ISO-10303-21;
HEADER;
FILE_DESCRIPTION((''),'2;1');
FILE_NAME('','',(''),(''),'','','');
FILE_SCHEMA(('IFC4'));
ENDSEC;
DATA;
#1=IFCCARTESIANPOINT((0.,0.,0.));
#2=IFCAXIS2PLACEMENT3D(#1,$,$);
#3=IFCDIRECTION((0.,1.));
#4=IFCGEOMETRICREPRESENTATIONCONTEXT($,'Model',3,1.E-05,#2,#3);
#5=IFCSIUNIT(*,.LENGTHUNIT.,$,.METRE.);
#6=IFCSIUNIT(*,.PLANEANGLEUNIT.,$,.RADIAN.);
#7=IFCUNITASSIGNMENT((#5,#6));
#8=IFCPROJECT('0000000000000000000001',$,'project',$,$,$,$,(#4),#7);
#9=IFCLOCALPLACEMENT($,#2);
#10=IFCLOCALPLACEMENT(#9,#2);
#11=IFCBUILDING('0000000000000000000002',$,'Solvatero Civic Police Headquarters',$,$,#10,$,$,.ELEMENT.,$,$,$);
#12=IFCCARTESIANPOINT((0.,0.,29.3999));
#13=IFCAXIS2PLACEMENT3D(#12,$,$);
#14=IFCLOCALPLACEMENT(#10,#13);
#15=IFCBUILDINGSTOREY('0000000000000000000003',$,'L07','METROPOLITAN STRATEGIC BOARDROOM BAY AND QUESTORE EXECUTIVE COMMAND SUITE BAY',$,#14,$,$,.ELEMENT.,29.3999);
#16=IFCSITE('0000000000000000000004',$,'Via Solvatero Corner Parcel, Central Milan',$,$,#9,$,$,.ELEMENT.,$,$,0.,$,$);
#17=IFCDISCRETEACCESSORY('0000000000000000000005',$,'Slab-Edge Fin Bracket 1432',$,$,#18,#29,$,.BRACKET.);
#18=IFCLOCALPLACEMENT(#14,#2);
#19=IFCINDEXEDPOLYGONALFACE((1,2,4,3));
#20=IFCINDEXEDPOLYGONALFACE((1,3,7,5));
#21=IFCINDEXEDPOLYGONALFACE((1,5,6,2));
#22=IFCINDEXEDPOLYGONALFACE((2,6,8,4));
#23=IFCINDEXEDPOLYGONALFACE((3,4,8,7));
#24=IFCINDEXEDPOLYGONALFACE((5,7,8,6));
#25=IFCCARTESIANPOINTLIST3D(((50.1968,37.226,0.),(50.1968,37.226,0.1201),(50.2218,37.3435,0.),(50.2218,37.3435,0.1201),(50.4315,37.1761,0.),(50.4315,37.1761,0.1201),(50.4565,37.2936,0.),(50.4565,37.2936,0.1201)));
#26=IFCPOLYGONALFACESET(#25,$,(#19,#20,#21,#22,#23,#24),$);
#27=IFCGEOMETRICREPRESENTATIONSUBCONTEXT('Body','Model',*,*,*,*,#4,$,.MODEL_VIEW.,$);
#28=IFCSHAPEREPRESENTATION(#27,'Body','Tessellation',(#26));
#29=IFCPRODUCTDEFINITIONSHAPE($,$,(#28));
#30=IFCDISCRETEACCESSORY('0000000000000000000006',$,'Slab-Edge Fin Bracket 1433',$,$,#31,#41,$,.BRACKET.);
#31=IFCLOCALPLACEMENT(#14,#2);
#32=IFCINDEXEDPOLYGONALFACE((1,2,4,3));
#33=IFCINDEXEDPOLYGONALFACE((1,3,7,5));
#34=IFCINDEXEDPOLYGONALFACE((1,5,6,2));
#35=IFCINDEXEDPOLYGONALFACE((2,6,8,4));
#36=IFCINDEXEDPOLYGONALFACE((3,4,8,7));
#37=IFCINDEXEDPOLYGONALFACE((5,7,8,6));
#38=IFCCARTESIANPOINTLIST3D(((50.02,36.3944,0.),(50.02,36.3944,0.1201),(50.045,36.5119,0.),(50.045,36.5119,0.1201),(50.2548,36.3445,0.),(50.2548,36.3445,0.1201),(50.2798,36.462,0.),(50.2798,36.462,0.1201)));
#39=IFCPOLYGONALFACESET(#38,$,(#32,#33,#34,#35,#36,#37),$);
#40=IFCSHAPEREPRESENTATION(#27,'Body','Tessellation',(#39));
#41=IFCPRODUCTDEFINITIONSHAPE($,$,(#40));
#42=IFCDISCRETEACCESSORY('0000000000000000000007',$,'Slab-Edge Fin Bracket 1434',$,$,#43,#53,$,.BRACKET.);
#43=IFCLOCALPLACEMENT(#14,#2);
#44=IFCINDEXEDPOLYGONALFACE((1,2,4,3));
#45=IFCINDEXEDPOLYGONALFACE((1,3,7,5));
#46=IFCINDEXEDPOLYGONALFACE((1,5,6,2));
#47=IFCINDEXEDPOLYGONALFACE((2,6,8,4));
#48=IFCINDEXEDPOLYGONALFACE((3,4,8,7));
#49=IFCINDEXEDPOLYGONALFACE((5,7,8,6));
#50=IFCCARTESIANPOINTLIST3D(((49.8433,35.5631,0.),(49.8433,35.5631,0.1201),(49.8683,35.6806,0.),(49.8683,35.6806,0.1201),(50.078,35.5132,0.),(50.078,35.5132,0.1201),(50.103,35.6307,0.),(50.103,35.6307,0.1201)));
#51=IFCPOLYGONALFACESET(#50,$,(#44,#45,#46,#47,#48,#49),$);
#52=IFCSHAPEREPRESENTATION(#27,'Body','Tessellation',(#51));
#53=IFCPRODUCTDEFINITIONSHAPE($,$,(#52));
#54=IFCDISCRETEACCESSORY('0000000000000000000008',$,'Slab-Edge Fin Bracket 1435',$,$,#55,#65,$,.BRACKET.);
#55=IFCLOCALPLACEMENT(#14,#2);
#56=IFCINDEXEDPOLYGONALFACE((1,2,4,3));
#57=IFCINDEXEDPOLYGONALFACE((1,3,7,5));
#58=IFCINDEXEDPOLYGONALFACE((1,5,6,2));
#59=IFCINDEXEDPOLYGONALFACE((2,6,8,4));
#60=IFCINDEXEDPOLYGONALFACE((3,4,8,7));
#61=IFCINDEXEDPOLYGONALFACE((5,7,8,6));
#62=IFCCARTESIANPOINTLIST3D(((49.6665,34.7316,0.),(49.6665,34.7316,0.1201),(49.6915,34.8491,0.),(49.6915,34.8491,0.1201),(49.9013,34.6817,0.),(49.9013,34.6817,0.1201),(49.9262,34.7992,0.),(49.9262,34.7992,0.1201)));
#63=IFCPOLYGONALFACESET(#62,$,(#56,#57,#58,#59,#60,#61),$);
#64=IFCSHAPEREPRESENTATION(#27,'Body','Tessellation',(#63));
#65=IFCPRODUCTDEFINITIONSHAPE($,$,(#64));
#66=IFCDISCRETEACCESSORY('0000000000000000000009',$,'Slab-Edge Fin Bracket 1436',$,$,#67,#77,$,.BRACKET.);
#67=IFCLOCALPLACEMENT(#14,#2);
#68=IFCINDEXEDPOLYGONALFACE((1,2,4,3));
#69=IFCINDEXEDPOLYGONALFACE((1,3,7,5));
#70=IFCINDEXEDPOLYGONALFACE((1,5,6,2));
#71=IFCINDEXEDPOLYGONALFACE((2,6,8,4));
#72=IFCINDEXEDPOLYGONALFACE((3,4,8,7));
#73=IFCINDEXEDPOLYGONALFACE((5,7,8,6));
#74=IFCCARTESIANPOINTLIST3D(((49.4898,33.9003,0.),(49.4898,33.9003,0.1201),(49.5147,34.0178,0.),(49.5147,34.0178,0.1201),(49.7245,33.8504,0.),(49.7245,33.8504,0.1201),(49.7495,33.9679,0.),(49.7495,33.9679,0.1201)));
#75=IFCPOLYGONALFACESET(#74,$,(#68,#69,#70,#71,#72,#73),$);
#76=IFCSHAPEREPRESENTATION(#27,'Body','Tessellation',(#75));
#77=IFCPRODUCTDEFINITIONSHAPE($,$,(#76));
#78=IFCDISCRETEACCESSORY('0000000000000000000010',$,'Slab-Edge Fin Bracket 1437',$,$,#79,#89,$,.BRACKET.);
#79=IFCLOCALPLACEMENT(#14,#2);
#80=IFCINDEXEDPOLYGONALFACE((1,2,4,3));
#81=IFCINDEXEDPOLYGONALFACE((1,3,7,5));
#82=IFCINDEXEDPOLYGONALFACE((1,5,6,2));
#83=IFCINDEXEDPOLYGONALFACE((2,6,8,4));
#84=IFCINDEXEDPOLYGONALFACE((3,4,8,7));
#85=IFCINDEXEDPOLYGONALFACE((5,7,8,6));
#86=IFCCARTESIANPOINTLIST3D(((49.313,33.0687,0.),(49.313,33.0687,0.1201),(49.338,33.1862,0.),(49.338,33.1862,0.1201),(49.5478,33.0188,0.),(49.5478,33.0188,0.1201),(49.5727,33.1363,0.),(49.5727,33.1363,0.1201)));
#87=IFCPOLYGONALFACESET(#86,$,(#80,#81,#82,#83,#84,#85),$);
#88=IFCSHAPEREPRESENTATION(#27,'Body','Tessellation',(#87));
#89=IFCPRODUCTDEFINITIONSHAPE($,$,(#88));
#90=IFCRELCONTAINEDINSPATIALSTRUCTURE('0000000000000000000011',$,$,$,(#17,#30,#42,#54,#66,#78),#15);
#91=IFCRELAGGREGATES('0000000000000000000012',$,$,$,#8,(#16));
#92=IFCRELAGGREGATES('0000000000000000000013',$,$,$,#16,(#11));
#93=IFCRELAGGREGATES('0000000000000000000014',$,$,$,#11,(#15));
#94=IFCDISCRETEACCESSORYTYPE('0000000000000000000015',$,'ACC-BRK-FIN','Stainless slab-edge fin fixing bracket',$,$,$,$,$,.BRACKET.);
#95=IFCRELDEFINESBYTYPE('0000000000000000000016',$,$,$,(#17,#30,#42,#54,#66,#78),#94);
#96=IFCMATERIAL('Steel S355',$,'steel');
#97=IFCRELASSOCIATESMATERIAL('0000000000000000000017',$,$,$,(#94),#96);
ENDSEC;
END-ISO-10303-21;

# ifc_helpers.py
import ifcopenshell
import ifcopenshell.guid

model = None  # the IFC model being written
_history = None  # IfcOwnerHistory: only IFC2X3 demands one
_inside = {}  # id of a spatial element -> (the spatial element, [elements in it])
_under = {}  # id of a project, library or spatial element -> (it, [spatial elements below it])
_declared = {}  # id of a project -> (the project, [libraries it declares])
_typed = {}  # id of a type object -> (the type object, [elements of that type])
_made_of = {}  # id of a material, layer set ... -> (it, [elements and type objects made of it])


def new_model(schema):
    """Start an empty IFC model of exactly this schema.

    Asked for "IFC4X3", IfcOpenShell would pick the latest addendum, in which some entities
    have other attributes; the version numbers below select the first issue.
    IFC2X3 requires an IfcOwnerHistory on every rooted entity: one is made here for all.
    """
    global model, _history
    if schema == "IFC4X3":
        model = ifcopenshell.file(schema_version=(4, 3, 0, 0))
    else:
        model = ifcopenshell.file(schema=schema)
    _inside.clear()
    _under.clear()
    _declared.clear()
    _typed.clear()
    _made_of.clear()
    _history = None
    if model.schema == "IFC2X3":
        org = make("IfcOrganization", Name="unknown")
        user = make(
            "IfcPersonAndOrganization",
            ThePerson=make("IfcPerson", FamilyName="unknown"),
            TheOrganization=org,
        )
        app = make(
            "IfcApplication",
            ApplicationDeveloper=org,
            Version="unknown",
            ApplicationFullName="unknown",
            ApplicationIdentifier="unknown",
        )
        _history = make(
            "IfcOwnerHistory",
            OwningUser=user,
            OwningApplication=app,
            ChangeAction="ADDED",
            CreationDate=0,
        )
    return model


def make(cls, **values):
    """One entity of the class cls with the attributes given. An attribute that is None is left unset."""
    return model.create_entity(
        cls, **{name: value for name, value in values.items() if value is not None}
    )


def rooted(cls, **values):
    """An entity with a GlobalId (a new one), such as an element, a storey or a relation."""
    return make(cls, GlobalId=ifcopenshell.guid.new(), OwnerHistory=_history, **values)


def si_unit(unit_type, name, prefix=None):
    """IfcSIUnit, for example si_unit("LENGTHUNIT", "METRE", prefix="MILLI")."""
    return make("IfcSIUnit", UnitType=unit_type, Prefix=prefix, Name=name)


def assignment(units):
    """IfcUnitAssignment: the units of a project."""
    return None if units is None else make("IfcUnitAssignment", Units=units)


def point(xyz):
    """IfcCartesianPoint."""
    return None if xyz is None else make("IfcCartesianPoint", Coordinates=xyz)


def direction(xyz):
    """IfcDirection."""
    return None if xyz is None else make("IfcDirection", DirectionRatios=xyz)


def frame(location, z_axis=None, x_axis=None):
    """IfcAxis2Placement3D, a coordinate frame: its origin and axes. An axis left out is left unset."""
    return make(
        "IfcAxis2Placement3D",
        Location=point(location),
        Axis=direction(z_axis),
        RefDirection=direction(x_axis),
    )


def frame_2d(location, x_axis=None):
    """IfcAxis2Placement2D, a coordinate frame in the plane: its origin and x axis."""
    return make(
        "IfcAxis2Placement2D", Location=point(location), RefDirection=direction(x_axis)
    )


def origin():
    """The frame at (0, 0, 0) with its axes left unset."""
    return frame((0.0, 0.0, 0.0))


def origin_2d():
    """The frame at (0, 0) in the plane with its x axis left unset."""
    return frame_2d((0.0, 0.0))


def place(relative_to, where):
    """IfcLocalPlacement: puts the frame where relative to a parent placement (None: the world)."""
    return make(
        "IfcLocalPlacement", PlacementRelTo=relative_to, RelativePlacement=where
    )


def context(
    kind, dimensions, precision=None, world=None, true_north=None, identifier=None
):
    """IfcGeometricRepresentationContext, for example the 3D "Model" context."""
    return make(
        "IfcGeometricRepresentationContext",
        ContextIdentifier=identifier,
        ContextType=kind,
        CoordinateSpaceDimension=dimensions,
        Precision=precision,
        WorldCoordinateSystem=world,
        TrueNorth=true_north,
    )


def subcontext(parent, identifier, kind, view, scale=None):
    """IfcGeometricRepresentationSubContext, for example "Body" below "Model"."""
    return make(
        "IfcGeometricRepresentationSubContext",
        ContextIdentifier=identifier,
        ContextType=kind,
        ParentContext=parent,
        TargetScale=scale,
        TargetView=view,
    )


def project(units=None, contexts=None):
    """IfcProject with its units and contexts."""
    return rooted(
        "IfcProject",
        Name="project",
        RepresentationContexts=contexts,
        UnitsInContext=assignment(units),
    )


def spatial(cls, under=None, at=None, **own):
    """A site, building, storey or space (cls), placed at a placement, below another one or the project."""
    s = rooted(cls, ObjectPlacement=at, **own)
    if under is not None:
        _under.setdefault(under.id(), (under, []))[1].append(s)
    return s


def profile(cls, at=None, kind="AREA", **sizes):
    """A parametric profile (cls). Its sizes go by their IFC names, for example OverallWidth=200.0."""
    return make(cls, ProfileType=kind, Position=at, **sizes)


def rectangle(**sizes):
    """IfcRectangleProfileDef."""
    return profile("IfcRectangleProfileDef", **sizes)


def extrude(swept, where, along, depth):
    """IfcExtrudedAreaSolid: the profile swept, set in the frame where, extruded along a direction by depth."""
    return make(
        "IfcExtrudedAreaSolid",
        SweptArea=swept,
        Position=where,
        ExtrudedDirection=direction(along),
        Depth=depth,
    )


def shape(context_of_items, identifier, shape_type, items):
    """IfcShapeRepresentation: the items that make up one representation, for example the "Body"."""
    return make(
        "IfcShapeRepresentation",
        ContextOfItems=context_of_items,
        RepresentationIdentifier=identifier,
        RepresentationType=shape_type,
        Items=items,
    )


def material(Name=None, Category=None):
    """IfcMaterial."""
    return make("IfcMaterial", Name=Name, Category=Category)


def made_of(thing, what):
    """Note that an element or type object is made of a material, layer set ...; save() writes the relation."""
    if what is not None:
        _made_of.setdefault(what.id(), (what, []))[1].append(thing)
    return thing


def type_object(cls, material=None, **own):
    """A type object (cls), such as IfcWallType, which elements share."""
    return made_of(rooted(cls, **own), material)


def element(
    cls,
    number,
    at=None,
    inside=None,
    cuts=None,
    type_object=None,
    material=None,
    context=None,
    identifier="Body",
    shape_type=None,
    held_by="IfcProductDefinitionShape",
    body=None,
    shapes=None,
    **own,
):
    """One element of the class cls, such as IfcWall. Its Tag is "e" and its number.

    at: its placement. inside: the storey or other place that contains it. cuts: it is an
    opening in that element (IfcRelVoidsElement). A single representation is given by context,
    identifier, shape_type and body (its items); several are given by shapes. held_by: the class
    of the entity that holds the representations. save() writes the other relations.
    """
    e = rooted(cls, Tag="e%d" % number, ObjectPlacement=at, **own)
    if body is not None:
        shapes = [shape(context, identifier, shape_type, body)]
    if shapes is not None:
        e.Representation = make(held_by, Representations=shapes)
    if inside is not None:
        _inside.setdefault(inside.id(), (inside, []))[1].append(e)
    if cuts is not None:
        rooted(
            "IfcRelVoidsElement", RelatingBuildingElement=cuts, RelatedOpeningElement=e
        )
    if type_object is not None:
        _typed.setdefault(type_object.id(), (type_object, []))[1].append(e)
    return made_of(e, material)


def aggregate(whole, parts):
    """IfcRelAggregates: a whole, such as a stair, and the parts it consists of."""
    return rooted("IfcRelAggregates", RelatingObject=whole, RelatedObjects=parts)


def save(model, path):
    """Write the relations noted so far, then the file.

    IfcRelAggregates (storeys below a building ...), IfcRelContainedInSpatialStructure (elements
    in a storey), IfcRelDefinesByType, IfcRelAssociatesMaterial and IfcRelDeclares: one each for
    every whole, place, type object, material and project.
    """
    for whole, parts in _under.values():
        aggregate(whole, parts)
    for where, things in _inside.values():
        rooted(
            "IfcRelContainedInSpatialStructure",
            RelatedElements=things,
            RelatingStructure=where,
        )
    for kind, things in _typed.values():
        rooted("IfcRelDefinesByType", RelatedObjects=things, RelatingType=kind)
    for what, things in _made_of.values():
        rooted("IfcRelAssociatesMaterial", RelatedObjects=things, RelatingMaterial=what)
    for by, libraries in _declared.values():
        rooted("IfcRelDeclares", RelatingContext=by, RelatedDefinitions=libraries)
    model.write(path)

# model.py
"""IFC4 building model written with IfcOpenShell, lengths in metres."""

from ifc_helpers import new_model, si_unit, direction, frame, origin, origin_2d, place, context, subcontext, project, spatial, rectangle, extrude, material, type_object, element, save


model = new_model("IFC4")

# Units and contexts
model_context = context("Model", 3, precision=1e-05, world=origin(), true_north=direction((0.0, 1.0)))
body_context = subcontext(model_context, "Body", "Model", "MODEL_VIEW")
ifc_project = project(units=[si_unit("LENGTHUNIT", "METRE"), si_unit("PLANEANGLEUNIT", "RADIAN")], contexts=[model_context])

# Site, building, storey
site_placement = place(None, origin())
site = spatial("IfcSite", under=ifc_project, at=site_placement, Name="Via Solvatero Corner Parcel, Central Milan", CompositionType="ELEMENT", RefElevation=0.0)
building_placement = place(site_placement, origin())
building = spatial("IfcBuilding", under=site, at=building_placement, Name="Solvatero Civic Police Headquarters", CompositionType="ELEMENT")
storey_placement = place(building_placement, frame((0.0, 0.0, 29.3999)))
storey = spatial("IfcBuildingStorey", under=building, at=storey_placement, Name="L07", Description="METROPOLITAN STRATEGIC BOARDROOM BAY AND QUESTORE EXECUTIVE COMMAND SUITE BAY", CompositionType="ELEMENT", Elevation=29.3999)

# Discrete accessories
ifc_material_1 = material(Name="Steel S355", Category="steel")
discrete_accessory_type = type_object("IfcDiscreteAccessoryType", Name="ACC-BRK-FIN", Description="Stainless slab-edge fin fixing bracket", PredefinedType="BRACKET", material=ifc_material_1)
for number, where, z_axis, x_axis, name in (
    (1, (50.3267, 37.2598, 0.0), (0.0, 0.0, 1.0), (-0.207912, -0.978148, 0.0), "Slab-Edge Fin Bracket 1432"),
    (2, (50.1499, 36.4282, 0.0), (0.0, 0.0, 1.0), (-0.207912, -0.978148, 0.0), "Slab-Edge Fin Bracket 1433"),
    (3, (49.9731, 35.5969, 0.0), (0.0, 0.0, 1.0), (-0.207912, -0.978148, 0.0), "Slab-Edge Fin Bracket 1434"),
    (4, (49.7964, 34.7654, 0.0), (0.0, 0.0, 1.0), (-0.207912, -0.978148, 0.0), "Slab-Edge Fin Bracket 1435"),
    (5, (49.6196, 33.9341, 0.0), (0.0, 0.0, 1.0), (-0.207912, -0.978148, 0.0), "Slab-Edge Fin Bracket 1436"),
    (6, (49.4429, 33.1025, 0.0), (0.0, 0.0, 1.0), (-0.207912, -0.978148, 0.0), "Slab-Edge Fin Bracket 1437"),
):
    element("IfcDiscreteAccessory", number, at=place(storey_placement, frame(where, z_axis=z_axis, x_axis=x_axis)), inside=storey, type_object=discrete_accessory_type, Name=name, PredefinedType="BRACKET", context=body_context, shape_type="SweptSolid", body=[
        extrude(rectangle(XDim=0.1201, YDim=0.24, at=origin_2d()), origin(), (0.0, 0.0, 1.0), 0.1201),
    ])

save(model, "model.ifc")
